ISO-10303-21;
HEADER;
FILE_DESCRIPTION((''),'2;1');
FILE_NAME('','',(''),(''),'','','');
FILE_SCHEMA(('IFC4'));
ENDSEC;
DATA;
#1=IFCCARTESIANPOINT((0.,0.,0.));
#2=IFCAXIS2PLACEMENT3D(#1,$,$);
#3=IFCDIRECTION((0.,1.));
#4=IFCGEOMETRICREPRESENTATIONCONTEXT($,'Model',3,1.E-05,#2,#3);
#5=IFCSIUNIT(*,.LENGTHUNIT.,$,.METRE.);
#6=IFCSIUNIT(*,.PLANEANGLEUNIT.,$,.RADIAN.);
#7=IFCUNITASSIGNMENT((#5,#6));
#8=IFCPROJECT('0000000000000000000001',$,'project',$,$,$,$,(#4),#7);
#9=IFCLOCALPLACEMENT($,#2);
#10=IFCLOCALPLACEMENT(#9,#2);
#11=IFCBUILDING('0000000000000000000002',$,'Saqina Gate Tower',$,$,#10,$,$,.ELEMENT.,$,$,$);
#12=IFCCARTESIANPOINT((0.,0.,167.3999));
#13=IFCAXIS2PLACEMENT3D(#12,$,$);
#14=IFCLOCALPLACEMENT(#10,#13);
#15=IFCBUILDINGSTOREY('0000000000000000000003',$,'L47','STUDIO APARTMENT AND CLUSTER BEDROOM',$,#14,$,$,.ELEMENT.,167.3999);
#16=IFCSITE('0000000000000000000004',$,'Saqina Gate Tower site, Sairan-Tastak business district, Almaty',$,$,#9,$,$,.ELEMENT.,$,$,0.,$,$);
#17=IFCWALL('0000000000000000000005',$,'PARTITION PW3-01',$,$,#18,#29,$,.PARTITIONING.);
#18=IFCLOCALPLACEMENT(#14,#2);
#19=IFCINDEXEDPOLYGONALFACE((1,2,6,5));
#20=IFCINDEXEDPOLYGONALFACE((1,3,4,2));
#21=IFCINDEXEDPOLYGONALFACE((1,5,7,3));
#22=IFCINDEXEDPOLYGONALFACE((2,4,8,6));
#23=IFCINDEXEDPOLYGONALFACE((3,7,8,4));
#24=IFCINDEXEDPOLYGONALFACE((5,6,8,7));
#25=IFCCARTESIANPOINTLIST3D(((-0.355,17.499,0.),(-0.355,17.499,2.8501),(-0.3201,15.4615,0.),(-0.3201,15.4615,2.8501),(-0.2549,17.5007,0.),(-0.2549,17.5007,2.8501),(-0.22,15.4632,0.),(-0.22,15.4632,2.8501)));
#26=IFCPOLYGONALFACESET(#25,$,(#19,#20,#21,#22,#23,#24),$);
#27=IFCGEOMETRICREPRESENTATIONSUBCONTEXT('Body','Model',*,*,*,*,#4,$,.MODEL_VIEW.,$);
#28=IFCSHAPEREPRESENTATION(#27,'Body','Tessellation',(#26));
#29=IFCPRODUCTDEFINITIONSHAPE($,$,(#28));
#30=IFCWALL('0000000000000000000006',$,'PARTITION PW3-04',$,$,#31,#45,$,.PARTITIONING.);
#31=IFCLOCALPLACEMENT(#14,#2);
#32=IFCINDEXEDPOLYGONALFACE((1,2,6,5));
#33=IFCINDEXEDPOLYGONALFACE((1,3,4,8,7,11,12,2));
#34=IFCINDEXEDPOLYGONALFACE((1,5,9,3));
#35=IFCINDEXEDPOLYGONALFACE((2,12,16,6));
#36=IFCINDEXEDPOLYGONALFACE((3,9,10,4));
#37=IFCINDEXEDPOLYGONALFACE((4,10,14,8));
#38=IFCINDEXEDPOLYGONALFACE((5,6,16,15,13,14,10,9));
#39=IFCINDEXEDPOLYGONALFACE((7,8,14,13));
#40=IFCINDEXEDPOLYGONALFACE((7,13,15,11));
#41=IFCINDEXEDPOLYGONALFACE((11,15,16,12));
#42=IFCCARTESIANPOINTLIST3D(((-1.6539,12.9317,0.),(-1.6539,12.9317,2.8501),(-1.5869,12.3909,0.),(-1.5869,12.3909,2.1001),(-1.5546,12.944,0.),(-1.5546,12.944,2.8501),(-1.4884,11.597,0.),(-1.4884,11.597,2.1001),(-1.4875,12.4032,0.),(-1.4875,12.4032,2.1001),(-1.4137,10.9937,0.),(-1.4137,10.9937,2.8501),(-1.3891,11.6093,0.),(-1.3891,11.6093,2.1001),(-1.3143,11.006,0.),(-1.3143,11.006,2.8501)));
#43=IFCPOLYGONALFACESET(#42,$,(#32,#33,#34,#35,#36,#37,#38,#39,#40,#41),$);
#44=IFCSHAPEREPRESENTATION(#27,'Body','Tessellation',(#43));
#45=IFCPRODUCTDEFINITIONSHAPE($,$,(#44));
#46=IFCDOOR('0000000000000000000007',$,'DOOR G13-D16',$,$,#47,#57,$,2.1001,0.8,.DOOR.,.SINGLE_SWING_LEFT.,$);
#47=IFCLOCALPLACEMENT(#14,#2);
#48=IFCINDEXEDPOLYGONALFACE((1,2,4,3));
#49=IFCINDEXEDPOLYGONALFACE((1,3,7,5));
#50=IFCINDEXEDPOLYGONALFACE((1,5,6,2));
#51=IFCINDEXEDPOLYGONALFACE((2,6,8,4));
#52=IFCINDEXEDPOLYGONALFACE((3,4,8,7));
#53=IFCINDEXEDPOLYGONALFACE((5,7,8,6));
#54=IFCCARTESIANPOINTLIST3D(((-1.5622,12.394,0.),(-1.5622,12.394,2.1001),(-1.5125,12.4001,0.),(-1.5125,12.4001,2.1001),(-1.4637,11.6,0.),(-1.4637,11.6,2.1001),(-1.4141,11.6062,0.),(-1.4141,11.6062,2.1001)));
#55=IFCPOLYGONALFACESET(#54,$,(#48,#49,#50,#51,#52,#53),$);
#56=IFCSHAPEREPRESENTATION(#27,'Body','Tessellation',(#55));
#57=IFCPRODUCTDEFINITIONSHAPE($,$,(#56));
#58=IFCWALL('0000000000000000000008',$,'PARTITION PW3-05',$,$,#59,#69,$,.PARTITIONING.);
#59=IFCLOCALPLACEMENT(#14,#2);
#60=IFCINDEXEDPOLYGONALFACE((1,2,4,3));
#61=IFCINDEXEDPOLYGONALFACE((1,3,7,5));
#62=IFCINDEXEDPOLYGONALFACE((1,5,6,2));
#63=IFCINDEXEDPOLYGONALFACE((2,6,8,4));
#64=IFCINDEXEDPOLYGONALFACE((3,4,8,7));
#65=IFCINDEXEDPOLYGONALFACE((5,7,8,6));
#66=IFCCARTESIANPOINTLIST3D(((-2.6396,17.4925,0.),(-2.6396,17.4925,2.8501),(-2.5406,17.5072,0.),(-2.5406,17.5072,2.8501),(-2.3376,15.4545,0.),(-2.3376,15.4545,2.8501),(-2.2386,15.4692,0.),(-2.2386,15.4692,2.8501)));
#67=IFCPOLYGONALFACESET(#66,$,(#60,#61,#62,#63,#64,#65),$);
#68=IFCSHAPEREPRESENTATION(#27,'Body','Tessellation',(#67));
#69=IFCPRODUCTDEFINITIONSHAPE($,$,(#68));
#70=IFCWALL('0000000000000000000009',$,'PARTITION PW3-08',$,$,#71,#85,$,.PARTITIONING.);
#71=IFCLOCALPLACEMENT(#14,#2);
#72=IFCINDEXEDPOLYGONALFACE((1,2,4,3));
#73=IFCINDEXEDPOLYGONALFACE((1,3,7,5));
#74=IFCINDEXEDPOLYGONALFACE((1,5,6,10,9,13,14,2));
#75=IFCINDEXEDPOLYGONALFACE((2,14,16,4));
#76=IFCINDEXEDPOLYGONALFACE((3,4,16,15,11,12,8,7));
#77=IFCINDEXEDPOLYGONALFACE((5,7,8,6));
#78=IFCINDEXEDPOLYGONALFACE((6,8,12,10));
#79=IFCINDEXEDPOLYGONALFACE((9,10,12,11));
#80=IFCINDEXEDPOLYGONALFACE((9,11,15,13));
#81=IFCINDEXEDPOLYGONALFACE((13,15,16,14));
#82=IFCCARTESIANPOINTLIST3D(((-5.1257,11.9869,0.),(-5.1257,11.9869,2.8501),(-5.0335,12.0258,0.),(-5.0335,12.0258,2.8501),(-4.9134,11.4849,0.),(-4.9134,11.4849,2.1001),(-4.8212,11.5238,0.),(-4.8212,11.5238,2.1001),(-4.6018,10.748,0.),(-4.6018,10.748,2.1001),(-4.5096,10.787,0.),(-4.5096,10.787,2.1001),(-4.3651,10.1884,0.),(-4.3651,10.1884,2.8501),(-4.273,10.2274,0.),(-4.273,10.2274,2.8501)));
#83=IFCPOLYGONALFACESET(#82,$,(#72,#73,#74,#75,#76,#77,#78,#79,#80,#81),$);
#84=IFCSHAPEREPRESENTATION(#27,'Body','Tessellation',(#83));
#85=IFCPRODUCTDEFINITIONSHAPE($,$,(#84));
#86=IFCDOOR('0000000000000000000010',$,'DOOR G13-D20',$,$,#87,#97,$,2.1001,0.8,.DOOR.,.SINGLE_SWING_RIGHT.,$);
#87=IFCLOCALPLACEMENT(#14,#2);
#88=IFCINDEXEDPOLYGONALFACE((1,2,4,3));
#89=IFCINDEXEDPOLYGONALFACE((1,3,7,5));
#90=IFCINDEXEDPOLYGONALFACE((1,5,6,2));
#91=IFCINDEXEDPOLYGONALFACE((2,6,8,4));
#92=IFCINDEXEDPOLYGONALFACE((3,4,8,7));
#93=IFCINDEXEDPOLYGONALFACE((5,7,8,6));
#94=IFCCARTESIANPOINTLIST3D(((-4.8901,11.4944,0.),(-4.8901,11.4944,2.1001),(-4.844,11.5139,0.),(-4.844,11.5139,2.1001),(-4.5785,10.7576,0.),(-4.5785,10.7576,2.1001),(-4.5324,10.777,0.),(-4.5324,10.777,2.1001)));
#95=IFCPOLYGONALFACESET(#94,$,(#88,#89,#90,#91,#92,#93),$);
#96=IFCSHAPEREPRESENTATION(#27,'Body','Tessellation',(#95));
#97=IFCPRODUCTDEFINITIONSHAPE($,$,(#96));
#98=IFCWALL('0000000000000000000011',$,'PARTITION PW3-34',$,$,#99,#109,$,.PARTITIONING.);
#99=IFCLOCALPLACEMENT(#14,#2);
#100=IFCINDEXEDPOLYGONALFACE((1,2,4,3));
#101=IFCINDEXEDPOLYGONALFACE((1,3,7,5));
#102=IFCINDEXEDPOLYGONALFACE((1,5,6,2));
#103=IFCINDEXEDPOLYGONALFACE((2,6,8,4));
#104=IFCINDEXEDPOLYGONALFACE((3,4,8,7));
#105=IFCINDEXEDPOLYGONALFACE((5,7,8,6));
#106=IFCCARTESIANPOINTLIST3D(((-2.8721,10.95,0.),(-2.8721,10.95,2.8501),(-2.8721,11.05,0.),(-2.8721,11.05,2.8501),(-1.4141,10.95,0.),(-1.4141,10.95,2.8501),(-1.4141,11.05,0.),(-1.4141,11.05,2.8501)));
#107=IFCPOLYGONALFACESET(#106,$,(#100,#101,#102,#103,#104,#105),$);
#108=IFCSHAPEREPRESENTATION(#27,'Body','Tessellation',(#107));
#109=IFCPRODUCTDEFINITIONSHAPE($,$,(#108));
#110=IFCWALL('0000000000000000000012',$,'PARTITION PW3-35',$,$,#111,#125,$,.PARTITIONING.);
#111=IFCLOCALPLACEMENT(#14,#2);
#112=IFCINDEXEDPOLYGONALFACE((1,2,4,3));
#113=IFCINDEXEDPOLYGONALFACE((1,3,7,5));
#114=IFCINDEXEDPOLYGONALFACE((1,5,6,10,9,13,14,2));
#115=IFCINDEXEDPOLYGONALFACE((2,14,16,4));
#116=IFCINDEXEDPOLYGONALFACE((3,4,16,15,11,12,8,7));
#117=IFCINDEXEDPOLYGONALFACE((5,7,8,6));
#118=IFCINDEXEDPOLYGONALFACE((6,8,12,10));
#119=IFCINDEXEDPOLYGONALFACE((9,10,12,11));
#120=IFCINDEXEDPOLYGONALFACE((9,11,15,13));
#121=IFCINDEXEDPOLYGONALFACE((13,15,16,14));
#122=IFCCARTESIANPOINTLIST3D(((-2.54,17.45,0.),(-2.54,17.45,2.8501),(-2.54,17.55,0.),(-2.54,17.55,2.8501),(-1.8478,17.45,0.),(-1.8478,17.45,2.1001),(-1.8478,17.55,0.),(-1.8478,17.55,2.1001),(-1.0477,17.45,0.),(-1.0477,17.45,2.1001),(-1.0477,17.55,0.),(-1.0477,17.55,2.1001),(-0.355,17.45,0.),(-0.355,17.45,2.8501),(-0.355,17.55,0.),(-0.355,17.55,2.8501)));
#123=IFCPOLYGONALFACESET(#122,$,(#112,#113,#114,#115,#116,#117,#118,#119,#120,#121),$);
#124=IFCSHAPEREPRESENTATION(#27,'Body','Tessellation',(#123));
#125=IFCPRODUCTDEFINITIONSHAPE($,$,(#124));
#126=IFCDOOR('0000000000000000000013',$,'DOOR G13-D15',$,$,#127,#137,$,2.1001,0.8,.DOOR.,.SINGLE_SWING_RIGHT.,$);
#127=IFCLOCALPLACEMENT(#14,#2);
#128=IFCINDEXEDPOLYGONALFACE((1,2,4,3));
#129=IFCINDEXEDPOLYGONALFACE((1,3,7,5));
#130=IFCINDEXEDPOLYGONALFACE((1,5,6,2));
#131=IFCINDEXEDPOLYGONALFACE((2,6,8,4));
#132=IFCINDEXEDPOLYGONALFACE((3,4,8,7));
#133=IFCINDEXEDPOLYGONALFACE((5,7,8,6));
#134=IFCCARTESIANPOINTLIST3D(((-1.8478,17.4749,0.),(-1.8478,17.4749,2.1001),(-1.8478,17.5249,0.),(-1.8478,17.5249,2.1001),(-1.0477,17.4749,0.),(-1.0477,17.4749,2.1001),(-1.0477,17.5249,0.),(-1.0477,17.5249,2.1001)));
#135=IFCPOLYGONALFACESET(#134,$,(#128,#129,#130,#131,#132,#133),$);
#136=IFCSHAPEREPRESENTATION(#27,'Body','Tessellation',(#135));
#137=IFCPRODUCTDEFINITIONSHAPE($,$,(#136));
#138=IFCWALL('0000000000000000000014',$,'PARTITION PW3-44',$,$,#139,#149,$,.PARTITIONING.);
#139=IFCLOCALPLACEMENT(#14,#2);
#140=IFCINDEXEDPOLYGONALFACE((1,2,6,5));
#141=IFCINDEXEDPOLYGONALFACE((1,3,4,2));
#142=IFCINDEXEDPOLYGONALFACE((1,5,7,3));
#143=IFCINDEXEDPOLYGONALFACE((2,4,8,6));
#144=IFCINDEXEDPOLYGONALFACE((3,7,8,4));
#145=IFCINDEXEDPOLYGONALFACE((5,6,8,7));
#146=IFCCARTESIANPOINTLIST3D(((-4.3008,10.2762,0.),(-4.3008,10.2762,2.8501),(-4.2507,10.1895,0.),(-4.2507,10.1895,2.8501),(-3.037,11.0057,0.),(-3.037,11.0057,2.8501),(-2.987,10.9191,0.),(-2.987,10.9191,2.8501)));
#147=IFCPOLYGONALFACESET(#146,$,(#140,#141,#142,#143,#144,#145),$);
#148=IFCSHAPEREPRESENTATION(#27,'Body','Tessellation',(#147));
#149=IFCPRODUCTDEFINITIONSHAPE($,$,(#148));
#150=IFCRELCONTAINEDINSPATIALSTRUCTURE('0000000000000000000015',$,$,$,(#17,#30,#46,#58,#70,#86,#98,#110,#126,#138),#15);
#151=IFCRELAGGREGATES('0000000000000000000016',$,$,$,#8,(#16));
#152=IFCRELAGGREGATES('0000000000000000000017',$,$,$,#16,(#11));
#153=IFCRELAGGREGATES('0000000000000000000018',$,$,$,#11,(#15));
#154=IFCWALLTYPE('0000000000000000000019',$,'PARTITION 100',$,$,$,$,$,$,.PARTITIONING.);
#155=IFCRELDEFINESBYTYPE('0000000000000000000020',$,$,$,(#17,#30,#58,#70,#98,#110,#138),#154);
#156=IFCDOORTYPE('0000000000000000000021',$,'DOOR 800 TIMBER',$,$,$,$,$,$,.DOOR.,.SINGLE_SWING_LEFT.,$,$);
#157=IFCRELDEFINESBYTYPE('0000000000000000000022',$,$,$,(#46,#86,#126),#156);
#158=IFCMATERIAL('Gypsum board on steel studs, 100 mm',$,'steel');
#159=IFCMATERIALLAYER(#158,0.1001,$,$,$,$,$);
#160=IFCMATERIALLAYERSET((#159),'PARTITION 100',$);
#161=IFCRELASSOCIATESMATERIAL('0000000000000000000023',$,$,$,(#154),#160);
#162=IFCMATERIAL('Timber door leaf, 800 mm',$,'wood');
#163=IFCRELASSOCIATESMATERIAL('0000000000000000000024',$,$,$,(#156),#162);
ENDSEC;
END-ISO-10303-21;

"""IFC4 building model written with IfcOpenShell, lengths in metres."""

from ifc_helpers import new_model, si_unit, direction, frame, frame_2d, origin, place, context, subcontext, project, spatial, rectangle, extrude, material, layer, layer_set, type_object, element, fill, save


model = new_model("IFC4")

# Units and contexts
model_context = context("Model", 3, precision=1e-05, world=origin(), true_north=direction((0.0, 1.0)))
body_context = subcontext(model_context, "Body", "Model", "MODEL_VIEW")
ifc_project = project(units=[si_unit("LENGTHUNIT", "METRE"), si_unit("PLANEANGLEUNIT", "RADIAN")], contexts=[model_context])

# Site, building, storey
site_placement = place(None, origin())
site = spatial("IfcSite", under=ifc_project, at=site_placement, Name="Saqina Gate Tower site, Sairan-Tastak business district, Almaty", CompositionType="ELEMENT", RefElevation=0.0)
building_placement = place(site_placement, origin())
building = spatial("IfcBuilding", under=site, at=building_placement, Name="Saqina Gate Tower", CompositionType="ELEMENT")
storey_placement = place(building_placement, frame((0.0, 0.0, 167.3999)))
storey = spatial("IfcBuildingStorey", under=building, at=storey_placement, Name="L47", Description="STUDIO APARTMENT AND CLUSTER BEDROOM", CompositionType="ELEMENT", Elevation=167.3999)

# Wall
ifc_material_1 = material(Name="Gypsum board on steel studs, 100 mm", Category="steel")
ifc_layer_1 = layer(ifc_material_1, 0.1001)
ifc_layer_set_1 = layer_set([ifc_layer_1], Name="PARTITION 100")
wall_type_1 = type_object("IfcWallType", Name="PARTITION 100", PredefinedType="PARTITIONING", material=ifc_layer_set_1)
wall_1_placement = place(storey_placement, frame((-0.3049, 17.5, 0.0), z_axis=(0.0, 0.0, 1.0), x_axis=(0.017131, -0.999853, 0.0)))
element("IfcWall", 1, at=wall_1_placement, inside=storey, type_object=wall_type_1, Name="PARTITION PW3-01", PredefinedType="PARTITIONING", context=body_context, shape_type="SweptSolid", body=[
    extrude(rectangle(XDim=2.0378, YDim=0.1001, at=frame_2d((1.019, 0.0))), origin(), (0.0, 0.0, 1.0), 2.8501),
])

# Wall, opening, door
wall_2_placement = place(storey_placement, frame((-1.6042, 12.938, 0.0), z_axis=(0.0, 0.0, 1.0), x_axis=(0.123019, -0.992404, 0.0)))
wall_2 = element("IfcWall", 2, at=wall_2_placement, inside=storey, type_object=wall_type_1, Name="PARTITION PW3-04", PredefinedType="PARTITIONING", context=body_context, shape_type="SweptSolid", body=[
    extrude(rectangle(XDim=1.9529, YDim=0.1001, at=frame_2d((0.9766, 0.0))), origin(), (0.0, 0.0, 1.0), 2.8501),
])
opening_1_placement = place(wall_2_placement, frame((0.5452, 0.0, 0.0)))
opening_1 = element("IfcOpeningElement", 3, at=opening_1_placement, cuts=wall_2, PredefinedType="OPENING", context=body_context, shape_type="SweptSolid", body=[
    extrude(rectangle(XDim=0.8, YDim=2.1001, at=frame_2d((0.3999, 1.05))), frame((0.0, 0.062, 0.0), z_axis=(0.0, -1.0, 0.0), x_axis=(1.0, 0.0, 0.0)), (0.0, 0.0, 1.0), 0.124),
])
ifc_material_2 = material(Name="Timber door leaf, 800 mm", Category="wood")
door_type_1 = type_object("IfcDoorType", Name="DOOR 800 TIMBER", OperationType="SINGLE_SWING_LEFT", PredefinedType="DOOR", material=ifc_material_2)
door_1_placement = place(opening_1_placement, origin())
door_1 = element("IfcDoor", 4, at=door_1_placement, inside=storey, type_object=door_type_1, Name="DOOR G13-D16", OperationType="SINGLE_SWING_LEFT", OverallHeight=2.1001, OverallWidth=0.8, PredefinedType="DOOR", context=body_context, shape_type="SweptSolid", body=[
    extrude(rectangle(XDim=0.8, YDim=2.1001, at=frame_2d((0.3999, 1.05))), frame((0.0, 0.0249, 0.0), z_axis=(0.0, -1.0, 0.0), x_axis=(1.0, 0.0, 0.0)), (0.0, 0.0, 1.0), 0.05),
])
fill(opening_1, door_1)

# Wall
wall_3_placement = place(storey_placement, frame((-2.5901, 17.5, 0.0), z_axis=(0.0, 0.0, 1.0), x_axis=(0.146579, -0.989199, 0.0)))
element("IfcWall", 5, at=wall_3_placement, inside=storey, type_object=wall_type_1, Name="PARTITION PW3-05", PredefinedType="PARTITIONING", context=body_context, shape_type="SweptSolid", body=[
    extrude(rectangle(XDim=2.0603, YDim=0.1001, at=frame_2d((1.0303, 0.0))), origin(), (0.0, 0.0, 1.0), 2.8501),
])

# Wall, opening, door
wall_4_placement = place(storey_placement, frame((-5.0796, 12.0063, 0.0), z_axis=(0.0, 0.0, 1.0), x_axis=(0.389493, -0.921029, 0.0)))
wall_4 = element("IfcWall", 6, at=wall_4_placement, inside=storey, type_object=wall_type_1, Name="PARTITION PW3-08", PredefinedType="PARTITIONING", context=body_context, shape_type="SweptSolid", body=[
    extrude(rectangle(XDim=1.9526, YDim=0.1001, at=frame_2d((0.9763, 0.0))), origin(), (0.0, 0.0, 1.0), 2.8501),
])
opening_2_placement = place(wall_4_placement, frame((0.5452, 0.0, 0.0)))
opening_2 = element("IfcOpeningElement", 7, at=opening_2_placement, cuts=wall_4, PredefinedType="OPENING", context=body_context, shape_type="SweptSolid", body=[
    extrude(rectangle(XDim=0.8, YDim=2.1001, at=frame_2d((0.3999, 1.05))), frame((0.0, 0.062, 0.0), z_axis=(0.0, -1.0, 0.0), x_axis=(1.0, 0.0, 0.0)), (0.0, 0.0, 1.0), 0.124),
])
door_2_placement = place(opening_2_placement, frame((0.8, 0.0, 0.0), z_axis=(0.0, 0.0, 1.0), x_axis=(-1.0, 0.0, 0.0)))
door_2 = element("IfcDoor", 8, at=door_2_placement, inside=storey, type_object=door_type_1, Name="DOOR G13-D20", OperationType="SINGLE_SWING_RIGHT", OverallHeight=2.1001, OverallWidth=0.8, PredefinedType="DOOR", context=body_context, shape_type="SweptSolid", body=[
    extrude(rectangle(XDim=0.8, YDim=2.1001, at=frame_2d((0.3999, 1.05))), frame((0.0, 0.0249, 0.0), z_axis=(0.0, -1.0, 0.0), x_axis=(1.0, 0.0, 0.0)), (0.0, 0.0, 1.0), 0.05),
])
fill(opening_2, door_2)

# Wall
wall_5_placement = place(storey_placement, frame((-2.8721, 11.0, 0.0), z_axis=(0.0, 0.0, 1.0), x_axis=(1.0, 0.0, 0.0)))
element("IfcWall", 9, at=wall_5_placement, inside=storey, type_object=wall_type_1, Name="PARTITION PW3-34", PredefinedType="PARTITIONING", context=body_context, shape_type="SweptSolid", body=[
    extrude(rectangle(XDim=1.458, YDim=0.1001, at=frame_2d((0.729, 0.0))), origin(), (0.0, 0.0, 1.0), 2.8501),
])

# Wall, opening, door
wall_6_placement = place(storey_placement, frame((-2.54, 17.5, 0.0), z_axis=(0.0, 0.0, 1.0), x_axis=(1.0, 0.0, 0.0)))
wall_6 = element("IfcWall", 10, at=wall_6_placement, inside=storey, type_object=wall_type_1, Name="PARTITION PW3-35", PredefinedType="PARTITIONING", context=body_context, shape_type="SweptSolid", body=[
    extrude(rectangle(XDim=2.1851, YDim=0.1001, at=frame_2d((1.0925, 0.0))), origin(), (0.0, 0.0, 1.0), 2.8501),
])
opening_3_placement = place(wall_6_placement, frame((0.6924, 0.0, 0.0)))
opening_3 = element("IfcOpeningElement", 11, at=opening_3_placement, cuts=wall_6, PredefinedType="OPENING", context=body_context, shape_type="SweptSolid", body=[
    extrude(rectangle(XDim=0.8, YDim=2.1001, at=frame_2d((0.3999, 1.05))), frame((0.0, 0.062, 0.0), z_axis=(0.0, -1.0, 0.0), x_axis=(1.0, 0.0, 0.0)), (0.0, 0.0, 1.0), 0.124),
])
door_3_placement = place(opening_3_placement, origin())
door_3 = element("IfcDoor", 12, at=door_3_placement, inside=storey, type_object=door_type_1, Name="DOOR G13-D15", OperationType="SINGLE_SWING_RIGHT", OverallHeight=2.1001, OverallWidth=0.8, PredefinedType="DOOR", context=body_context, shape_type="SweptSolid", body=[
    extrude(rectangle(XDim=0.8, YDim=2.1001, at=frame_2d((0.3999, 1.05))), frame((0.0, 0.0249, 0.0), z_axis=(0.0, -1.0, 0.0), x_axis=(1.0, 0.0, 0.0)), (0.0, 0.0, 1.0), 0.05),
])
fill(opening_3, door_3)

# Wall
wall_7_placement = place(storey_placement, frame((-4.2756, 10.2329, 0.0), z_axis=(0.0, 0.0, 1.0), x_axis=(0.866052, 0.499954, 0.0)))
element("IfcWall", 13, at=wall_7_placement, inside=storey, type_object=wall_type_1, Name="PARTITION PW3-44", PredefinedType="PARTITIONING", context=body_context, shape_type="SweptSolid", body=[
    extrude(rectangle(XDim=1.4592, YDim=0.1001, at=frame_2d((0.7295, 0.0))), origin(), (0.0, 0.0, 1.0), 2.8501),
])

save(model, "model.ifc")
